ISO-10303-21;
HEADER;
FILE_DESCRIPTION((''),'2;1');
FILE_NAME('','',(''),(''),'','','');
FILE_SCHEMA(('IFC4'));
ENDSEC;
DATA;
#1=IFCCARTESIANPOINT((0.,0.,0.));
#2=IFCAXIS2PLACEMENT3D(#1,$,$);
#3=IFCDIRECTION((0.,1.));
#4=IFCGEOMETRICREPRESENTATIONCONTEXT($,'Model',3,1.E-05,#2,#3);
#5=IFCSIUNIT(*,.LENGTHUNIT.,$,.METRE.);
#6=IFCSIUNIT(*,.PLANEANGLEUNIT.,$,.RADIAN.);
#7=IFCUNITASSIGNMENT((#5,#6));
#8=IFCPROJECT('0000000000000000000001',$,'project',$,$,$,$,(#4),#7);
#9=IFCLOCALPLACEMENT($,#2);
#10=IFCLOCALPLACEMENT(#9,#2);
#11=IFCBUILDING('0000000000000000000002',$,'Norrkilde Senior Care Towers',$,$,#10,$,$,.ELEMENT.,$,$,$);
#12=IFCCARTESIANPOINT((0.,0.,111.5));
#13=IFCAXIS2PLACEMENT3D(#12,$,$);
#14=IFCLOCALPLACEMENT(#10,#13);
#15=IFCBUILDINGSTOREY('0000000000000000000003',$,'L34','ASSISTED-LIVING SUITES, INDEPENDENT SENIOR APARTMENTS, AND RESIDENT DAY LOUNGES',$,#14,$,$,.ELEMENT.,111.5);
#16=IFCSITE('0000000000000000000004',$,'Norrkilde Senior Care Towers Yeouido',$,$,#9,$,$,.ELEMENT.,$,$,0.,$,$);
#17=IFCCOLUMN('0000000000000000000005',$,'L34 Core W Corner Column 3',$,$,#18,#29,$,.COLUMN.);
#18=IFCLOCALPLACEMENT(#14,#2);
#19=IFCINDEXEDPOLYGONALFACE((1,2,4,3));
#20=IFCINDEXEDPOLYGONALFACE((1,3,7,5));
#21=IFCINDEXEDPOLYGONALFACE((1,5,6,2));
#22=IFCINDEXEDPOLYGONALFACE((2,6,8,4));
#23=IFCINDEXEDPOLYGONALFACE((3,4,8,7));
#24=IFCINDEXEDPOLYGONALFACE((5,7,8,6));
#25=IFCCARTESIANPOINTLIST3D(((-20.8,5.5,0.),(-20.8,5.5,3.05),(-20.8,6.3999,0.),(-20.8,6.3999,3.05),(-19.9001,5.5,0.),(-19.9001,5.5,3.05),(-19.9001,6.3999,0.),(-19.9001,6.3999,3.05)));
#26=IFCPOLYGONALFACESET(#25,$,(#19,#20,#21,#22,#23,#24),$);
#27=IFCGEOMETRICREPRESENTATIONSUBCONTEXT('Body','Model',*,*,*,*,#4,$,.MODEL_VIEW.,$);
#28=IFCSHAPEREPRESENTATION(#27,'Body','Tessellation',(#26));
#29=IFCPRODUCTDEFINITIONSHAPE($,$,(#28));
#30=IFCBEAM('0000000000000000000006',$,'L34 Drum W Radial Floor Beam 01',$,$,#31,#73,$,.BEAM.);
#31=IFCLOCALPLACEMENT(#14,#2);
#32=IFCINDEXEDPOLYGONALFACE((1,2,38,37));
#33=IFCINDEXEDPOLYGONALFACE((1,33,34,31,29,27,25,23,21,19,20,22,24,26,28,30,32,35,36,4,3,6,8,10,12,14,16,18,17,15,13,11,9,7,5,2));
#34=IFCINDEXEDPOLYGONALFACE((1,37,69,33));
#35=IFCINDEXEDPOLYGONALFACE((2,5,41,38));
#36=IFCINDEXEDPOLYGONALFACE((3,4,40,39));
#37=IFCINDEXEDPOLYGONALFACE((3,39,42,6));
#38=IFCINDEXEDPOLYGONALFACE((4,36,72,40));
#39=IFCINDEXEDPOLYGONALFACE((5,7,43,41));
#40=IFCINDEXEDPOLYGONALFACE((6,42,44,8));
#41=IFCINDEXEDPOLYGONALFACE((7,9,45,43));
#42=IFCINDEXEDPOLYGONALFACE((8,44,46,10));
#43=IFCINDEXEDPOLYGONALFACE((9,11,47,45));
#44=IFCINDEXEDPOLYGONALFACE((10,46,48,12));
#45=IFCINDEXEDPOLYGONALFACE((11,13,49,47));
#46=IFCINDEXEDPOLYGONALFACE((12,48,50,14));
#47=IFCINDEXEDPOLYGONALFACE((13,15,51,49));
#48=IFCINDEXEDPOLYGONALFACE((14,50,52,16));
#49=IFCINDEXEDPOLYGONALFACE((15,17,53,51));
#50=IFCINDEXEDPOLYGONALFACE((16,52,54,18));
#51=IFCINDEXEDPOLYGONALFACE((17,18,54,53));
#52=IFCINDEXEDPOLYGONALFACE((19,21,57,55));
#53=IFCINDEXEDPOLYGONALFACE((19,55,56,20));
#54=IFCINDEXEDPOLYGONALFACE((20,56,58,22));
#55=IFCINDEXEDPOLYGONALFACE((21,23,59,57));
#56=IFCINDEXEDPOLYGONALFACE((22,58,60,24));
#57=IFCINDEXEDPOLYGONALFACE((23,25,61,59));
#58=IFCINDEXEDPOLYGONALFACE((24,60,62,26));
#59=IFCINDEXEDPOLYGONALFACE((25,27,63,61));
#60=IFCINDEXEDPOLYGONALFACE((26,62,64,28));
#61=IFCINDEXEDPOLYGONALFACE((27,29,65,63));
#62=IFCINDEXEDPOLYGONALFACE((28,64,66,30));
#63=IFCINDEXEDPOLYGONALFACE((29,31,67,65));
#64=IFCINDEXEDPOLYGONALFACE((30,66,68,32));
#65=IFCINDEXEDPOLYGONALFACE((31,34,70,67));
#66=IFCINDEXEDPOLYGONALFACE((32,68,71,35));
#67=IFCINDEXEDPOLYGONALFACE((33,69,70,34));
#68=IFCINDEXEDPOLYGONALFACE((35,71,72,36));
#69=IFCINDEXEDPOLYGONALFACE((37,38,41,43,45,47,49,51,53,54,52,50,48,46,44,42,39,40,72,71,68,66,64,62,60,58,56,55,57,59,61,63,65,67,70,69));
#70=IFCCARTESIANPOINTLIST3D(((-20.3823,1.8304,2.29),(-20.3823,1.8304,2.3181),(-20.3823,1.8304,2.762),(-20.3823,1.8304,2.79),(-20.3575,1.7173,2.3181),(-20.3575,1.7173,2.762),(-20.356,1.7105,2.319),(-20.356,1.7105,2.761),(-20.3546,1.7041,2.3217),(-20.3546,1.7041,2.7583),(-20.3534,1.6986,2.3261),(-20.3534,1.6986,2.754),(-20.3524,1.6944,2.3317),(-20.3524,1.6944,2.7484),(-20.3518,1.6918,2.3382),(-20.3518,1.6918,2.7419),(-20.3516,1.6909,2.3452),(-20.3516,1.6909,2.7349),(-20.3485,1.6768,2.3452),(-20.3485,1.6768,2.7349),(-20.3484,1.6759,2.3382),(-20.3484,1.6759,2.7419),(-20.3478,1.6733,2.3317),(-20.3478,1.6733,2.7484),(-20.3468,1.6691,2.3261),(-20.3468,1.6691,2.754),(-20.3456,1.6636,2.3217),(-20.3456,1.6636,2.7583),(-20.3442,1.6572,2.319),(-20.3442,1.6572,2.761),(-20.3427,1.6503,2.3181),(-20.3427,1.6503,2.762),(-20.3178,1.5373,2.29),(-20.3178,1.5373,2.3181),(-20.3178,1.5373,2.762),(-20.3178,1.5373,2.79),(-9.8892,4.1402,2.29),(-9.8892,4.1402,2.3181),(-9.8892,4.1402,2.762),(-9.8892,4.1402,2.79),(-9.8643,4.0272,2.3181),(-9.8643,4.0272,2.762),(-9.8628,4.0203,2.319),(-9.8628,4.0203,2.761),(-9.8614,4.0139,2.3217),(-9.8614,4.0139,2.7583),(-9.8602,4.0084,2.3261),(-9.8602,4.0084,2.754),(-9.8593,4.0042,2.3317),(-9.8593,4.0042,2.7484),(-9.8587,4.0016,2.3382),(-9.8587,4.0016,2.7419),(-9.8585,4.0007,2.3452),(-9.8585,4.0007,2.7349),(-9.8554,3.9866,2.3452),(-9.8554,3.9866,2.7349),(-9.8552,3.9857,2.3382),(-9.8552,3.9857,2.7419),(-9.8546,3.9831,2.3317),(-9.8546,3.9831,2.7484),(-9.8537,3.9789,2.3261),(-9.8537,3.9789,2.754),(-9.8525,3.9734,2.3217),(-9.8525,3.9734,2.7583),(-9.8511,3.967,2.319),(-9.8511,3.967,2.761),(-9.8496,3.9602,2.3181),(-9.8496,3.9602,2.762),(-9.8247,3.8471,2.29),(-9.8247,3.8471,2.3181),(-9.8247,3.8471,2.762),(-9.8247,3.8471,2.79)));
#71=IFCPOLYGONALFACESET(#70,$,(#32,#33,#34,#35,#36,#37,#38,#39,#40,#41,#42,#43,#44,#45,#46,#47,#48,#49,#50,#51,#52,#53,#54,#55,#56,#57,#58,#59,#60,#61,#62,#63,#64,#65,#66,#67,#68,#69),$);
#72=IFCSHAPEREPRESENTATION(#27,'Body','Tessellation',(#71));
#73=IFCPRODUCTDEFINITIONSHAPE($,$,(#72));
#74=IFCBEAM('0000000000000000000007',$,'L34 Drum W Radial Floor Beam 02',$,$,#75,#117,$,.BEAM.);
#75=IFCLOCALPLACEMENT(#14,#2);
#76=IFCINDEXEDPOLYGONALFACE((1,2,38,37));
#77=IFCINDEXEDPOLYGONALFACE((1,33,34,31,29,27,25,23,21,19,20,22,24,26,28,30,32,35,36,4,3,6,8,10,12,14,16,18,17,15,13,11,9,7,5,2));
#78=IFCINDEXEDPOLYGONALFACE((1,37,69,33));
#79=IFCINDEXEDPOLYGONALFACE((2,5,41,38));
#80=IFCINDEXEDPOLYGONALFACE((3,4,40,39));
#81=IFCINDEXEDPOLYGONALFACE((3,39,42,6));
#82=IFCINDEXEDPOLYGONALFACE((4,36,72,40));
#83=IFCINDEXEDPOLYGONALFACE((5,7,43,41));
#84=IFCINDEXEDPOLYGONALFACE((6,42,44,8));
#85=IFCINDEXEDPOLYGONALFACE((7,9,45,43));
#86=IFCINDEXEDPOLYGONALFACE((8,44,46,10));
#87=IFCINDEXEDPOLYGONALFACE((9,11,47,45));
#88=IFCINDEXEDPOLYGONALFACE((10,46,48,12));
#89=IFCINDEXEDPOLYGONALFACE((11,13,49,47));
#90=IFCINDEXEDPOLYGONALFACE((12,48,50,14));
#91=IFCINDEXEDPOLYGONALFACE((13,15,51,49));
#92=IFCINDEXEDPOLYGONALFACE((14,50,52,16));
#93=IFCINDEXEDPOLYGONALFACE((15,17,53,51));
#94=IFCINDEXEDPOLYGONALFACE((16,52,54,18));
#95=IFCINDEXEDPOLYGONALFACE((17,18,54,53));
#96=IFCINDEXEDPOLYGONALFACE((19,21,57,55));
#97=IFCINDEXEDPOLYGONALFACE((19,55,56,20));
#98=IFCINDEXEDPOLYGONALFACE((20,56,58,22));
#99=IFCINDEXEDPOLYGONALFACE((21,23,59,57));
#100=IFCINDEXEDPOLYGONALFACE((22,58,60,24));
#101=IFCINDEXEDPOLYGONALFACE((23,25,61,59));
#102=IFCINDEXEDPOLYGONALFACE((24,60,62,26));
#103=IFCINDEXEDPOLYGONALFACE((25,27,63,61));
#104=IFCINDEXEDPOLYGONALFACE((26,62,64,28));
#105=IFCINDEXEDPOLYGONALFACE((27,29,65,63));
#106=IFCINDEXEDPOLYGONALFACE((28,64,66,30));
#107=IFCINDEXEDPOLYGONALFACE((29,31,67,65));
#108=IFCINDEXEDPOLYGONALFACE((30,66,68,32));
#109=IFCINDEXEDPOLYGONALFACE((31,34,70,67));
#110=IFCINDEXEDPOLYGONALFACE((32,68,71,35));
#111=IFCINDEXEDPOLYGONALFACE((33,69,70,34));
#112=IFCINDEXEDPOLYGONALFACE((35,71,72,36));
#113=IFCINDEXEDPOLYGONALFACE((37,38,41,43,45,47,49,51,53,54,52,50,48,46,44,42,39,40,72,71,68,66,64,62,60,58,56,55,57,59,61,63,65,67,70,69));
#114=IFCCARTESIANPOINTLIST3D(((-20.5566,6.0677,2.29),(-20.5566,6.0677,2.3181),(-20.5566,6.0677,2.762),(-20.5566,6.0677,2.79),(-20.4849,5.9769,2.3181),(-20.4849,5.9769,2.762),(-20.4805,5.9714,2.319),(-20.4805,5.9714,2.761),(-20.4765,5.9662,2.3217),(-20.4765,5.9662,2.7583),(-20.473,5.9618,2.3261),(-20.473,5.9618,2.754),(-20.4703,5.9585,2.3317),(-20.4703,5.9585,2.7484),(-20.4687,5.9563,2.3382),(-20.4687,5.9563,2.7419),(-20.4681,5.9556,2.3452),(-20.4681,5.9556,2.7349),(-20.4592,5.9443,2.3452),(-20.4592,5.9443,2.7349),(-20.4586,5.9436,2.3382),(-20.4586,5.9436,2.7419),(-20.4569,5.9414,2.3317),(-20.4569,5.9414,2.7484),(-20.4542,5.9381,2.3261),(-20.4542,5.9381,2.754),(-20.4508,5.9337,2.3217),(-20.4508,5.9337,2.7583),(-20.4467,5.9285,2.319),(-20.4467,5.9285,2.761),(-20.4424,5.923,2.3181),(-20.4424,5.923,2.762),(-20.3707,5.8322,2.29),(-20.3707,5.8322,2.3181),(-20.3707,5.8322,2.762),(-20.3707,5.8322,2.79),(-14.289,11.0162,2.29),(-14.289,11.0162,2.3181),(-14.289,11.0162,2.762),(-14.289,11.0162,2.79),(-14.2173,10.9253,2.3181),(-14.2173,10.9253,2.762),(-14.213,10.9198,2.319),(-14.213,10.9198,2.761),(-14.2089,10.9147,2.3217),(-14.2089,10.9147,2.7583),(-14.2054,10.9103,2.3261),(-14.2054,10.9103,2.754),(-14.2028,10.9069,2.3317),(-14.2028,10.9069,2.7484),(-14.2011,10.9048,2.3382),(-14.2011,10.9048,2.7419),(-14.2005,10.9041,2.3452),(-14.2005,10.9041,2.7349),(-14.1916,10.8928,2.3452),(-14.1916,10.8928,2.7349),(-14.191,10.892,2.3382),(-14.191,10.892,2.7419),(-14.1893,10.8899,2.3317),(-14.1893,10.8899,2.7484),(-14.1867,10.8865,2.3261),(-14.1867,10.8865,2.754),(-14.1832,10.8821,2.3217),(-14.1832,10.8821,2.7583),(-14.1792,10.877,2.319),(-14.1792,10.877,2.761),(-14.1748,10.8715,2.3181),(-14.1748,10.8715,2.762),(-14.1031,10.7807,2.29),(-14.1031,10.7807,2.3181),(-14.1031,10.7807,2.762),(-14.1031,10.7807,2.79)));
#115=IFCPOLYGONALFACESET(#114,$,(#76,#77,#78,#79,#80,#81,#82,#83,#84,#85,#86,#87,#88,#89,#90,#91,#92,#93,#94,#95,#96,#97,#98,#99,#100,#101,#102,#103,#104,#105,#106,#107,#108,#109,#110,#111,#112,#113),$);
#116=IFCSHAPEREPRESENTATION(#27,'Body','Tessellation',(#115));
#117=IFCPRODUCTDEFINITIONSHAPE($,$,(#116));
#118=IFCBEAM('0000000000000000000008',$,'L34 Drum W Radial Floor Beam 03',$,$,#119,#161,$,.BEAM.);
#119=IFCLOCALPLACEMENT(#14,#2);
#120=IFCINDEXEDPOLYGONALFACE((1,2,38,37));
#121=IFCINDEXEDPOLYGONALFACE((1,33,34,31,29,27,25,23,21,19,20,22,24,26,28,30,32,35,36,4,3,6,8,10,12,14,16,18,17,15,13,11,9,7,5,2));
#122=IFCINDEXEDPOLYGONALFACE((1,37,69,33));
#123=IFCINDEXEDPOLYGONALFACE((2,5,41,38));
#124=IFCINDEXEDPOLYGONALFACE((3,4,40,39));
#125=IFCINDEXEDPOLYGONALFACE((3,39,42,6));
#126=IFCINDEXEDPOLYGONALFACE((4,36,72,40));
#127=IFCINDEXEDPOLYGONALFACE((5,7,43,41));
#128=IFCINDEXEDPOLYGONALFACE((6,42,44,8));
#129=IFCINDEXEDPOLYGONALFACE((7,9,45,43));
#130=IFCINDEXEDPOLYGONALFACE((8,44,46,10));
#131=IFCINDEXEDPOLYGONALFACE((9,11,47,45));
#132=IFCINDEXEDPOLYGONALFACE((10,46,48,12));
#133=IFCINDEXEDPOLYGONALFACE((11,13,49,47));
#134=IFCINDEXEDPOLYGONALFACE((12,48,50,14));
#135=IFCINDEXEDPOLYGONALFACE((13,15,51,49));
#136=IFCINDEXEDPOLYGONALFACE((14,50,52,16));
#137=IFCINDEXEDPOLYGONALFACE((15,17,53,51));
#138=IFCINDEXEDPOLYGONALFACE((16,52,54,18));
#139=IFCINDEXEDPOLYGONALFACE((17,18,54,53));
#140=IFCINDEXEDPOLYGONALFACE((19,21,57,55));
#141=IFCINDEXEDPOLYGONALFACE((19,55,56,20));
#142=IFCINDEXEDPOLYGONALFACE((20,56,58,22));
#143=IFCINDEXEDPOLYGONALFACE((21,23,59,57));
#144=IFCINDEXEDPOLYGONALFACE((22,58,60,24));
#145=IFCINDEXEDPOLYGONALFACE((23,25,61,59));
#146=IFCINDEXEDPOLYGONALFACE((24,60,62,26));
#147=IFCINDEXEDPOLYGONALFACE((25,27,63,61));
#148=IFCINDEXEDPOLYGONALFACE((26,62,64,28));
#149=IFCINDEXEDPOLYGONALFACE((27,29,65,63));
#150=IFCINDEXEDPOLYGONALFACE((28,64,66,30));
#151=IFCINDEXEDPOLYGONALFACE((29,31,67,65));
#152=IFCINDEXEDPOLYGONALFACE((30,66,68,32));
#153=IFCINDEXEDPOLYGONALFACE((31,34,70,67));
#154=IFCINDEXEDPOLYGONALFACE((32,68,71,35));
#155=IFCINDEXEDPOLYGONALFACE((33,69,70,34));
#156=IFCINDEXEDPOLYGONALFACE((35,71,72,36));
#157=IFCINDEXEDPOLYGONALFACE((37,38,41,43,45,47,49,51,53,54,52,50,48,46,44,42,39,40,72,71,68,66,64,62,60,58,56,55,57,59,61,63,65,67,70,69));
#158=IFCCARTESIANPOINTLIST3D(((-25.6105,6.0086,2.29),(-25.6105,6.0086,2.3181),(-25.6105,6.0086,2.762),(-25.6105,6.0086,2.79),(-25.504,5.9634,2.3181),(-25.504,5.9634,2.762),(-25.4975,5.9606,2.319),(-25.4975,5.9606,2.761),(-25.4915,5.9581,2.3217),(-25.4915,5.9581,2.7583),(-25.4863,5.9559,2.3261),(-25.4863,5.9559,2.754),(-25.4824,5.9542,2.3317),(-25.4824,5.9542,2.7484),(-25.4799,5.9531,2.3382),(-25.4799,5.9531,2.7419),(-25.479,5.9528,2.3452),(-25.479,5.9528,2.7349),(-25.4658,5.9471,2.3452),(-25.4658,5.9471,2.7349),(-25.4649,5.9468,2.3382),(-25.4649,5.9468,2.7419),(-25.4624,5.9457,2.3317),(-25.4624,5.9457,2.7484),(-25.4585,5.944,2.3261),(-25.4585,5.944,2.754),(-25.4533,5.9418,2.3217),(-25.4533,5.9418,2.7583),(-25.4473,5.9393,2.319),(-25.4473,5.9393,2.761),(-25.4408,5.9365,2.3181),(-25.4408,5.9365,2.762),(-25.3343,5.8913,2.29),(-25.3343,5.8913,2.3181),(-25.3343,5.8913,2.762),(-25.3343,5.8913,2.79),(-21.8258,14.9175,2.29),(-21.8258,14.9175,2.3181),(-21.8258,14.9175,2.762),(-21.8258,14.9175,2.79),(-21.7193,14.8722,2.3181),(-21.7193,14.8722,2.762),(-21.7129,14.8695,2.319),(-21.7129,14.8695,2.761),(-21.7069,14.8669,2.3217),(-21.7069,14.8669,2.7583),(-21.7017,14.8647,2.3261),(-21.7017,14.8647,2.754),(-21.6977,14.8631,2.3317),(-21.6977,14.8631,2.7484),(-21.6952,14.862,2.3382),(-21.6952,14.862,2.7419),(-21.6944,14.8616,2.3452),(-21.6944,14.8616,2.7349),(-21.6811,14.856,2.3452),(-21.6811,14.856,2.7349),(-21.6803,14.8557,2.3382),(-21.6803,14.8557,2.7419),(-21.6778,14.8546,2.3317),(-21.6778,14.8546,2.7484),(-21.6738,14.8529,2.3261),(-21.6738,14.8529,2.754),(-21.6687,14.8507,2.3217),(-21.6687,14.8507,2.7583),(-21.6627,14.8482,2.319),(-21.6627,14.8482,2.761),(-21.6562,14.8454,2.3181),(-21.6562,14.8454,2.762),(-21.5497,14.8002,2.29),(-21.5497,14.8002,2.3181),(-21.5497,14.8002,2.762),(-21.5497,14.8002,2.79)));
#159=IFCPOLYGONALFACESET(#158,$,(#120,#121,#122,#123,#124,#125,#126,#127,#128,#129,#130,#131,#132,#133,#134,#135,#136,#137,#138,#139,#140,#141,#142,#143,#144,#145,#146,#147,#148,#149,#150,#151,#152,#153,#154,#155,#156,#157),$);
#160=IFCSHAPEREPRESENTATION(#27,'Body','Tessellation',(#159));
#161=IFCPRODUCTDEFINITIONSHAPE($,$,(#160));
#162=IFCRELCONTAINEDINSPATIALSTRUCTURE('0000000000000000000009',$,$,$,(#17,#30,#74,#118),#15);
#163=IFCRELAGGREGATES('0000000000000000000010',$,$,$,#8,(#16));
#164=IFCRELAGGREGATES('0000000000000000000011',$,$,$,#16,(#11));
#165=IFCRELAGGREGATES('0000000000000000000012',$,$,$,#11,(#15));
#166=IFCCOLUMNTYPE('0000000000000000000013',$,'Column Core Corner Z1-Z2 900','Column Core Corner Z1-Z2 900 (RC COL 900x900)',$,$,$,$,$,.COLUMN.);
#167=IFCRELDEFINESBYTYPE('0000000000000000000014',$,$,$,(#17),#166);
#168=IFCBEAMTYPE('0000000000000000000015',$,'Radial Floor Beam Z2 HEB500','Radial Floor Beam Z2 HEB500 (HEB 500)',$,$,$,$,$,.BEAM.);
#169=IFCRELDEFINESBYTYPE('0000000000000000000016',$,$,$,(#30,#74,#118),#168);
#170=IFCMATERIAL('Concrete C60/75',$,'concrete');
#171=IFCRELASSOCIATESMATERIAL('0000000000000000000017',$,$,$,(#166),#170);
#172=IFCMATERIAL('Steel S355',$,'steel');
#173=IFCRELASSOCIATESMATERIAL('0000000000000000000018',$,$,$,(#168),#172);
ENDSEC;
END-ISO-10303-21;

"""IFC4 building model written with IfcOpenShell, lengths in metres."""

from ifc_helpers import new_model, si_unit, direction, frame, origin, origin_2d, place, context, subcontext, project, spatial, rectangle, i_section, extrude, source, transform, mapped, material, material_profile, profile_set, type_object, type_shapes, element, save


model = new_model("IFC4")

# Units and contexts
model_context = context("Model", 3, precision=1e-05, world=origin(), true_north=direction((0.0, 1.0)))
body_context = subcontext(model_context, "Body", "Model", "MODEL_VIEW")
ifc_project = project(units=[si_unit("LENGTHUNIT", "METRE"), si_unit("PLANEANGLEUNIT", "RADIAN")], contexts=[model_context])

# Site, building, storey
site_placement = place(None, origin())
site = spatial("IfcSite", under=ifc_project, at=site_placement, Name="Norrkilde Senior Care Towers Yeouido", CompositionType="ELEMENT", RefElevation=0.0)
building_placement = place(site_placement, origin())
building = spatial("IfcBuilding", under=site, at=building_placement, Name="Norrkilde Senior Care Towers", CompositionType="ELEMENT")
storey_placement = place(building_placement, frame((0.0, 0.0, 111.5)))
storey = spatial("IfcBuildingStorey", under=building, at=storey_placement, Name="L34", Description="ASSISTED-LIVING SUITES, INDEPENDENT SENIOR APARTMENTS, AND RESIDENT DAY LOUNGES", CompositionType="ELEMENT", Elevation=111.5)

# Column
ifc_material_1 = material(Name="Concrete C60/75", Category="concrete")
ifc_material_profile_1 = material_profile(ifc_material_1, rectangle(XDim=0.8999, YDim=0.8999, at=origin_2d()), Name="RC COL 900x900")
ifc_profile_set_1 = profile_set([ifc_material_profile_1], Name="Concrete C60/75")
column_type = type_object("IfcColumnType", Name="Column Core Corner Z1-Z2 900", Description="Column Core Corner Z1-Z2 900 (RC COL 900x900)", PredefinedType="COLUMN", material=ifc_profile_set_1)
shared_shape_1 = source(origin(), body_context, "Body", "SweptSolid", [
    extrude(rectangle(XDim=0.8999, YDim=0.8999, at=origin_2d()), origin(), (0.0, 0.0, 1.0), 3.05),
])
type_shapes(column_type, [shared_shape_1])
column_placement = place(storey_placement, frame((-20.3501, 5.95, 0.0), z_axis=(0.0, 0.0, 1.0), x_axis=(1.0, 0.0, 0.0)))
element("IfcColumn", 1, at=column_placement, inside=storey, type_object=column_type, Name="L34 Core W Corner Column 3", PredefinedType="COLUMN", context=body_context, shape_type="MappedRepresentation", body=[
    mapped(shared_shape_1, transform((0.0, 0.0, 0.0), x_axis=(1.0, 0.0, 0.0), y_axis=(0.0, 1.0, 0.0), z_axis=(0.0, 0.0, 1.0), scale=1.0)),
])

# Beams
ifc_material_2 = material(Name="Steel S355", Category="steel")
ifc_material_profile_2 = material_profile(ifc_material_2, i_section(OverallWidth=0.3, OverallDepth=0.5, WebThickness=0.0144, FlangeThickness=0.0281, FilletRadius=0.0271, at=origin_2d()), Name="HEB 500")
ifc_profile_set_2 = profile_set([ifc_material_profile_2], Name="Steel S355")
beam_type = type_object("IfcBeamType", Name="Radial Floor Beam Z2 HEB500", Description="Radial Floor Beam Z2 HEB500 (HEB 500)", PredefinedType="BEAM", material=ifc_profile_set_2)
shared_shape_2 = source(origin(), body_context, "Body", "SweptSolid", [
    extrude(i_section(OverallWidth=0.3, OverallDepth=0.5, WebThickness=0.0144, FlangeThickness=0.0281, FilletRadius=0.0271, at=origin_2d()), origin(), (0.0, 0.0, 1.0), 10.7444),
])
beam_1_placement = place(storey_placement, frame((-20.3501, 1.6838, 2.54), z_axis=(0.976619, 0.214979, 0.0), x_axis=(-0.214979, 0.976619, 0.0)))
element("IfcBeam", 2, at=beam_1_placement, inside=storey, type_object=beam_type, Name="L34 Drum W Radial Floor Beam 01", PredefinedType="BEAM", context=body_context, shape_type="MappedRepresentation", body=[
    mapped(shared_shape_2, transform((0.0, 0.0, 0.0), x_axis=(1.0, 0.0, 0.0), y_axis=(0.0, 1.0, 0.0), z_axis=(0.0, 0.0, 1.0), scale=1.0)),
])
shared_shape_3 = source(origin(), body_context, "Body", "SweptSolid", [
    extrude(i_section(OverallWidth=0.3, OverallDepth=0.5, WebThickness=0.0144, FlangeThickness=0.0281, FilletRadius=0.0271, at=origin_2d()), origin(), (0.0, 0.0, 1.0), 7.9856),
])
beam_2_placement = place(storey_placement, frame((-20.4636, 5.95, 2.54), z_axis=(0.784859, 0.619675, 0.0), x_axis=(-0.619675, 0.784859, 0.0)))
element("IfcBeam", 3, at=beam_2_placement, inside=storey, type_object=beam_type, Name="L34 Drum W Radial Floor Beam 02", PredefinedType="BEAM", context=body_context, shape_type="MappedRepresentation", body=[
    mapped(shared_shape_3, transform((0.0, 0.0, 0.0), x_axis=(1.0, 0.0, 0.0), y_axis=(0.0, 1.0, 0.0), z_axis=(0.0, 0.0, 1.0), scale=1.0)),
])
shared_shape_4 = source(origin(), body_context, "Body", "SweptSolid", [
    extrude(i_section(OverallWidth=0.3, OverallDepth=0.5, WebThickness=0.0144, FlangeThickness=0.0281, FilletRadius=0.0271, at=origin_2d()), origin(), (0.0, 0.0, 1.0), 9.6794),
])
type_shapes(beam_type, [shared_shape_2, shared_shape_3, shared_shape_4])
beam_3_placement = place(storey_placement, frame((-25.4724, 5.95, 2.54), z_axis=(0.390998, 0.920392, 0.0), x_axis=(-0.920392, 0.390998, 0.0)))
element("IfcBeam", 4, at=beam_3_placement, inside=storey, type_object=beam_type, Name="L34 Drum W Radial Floor Beam 03", PredefinedType="BEAM", context=body_context, shape_type="MappedRepresentation", body=[
    mapped(shared_shape_4, transform((0.0, 0.0, 0.0), x_axis=(1.0, 0.0, 0.0), y_axis=(0.0, 1.0, 0.0), z_axis=(0.0, 0.0, 1.0), scale=1.0)),
])

save(model, "model.ifc")
